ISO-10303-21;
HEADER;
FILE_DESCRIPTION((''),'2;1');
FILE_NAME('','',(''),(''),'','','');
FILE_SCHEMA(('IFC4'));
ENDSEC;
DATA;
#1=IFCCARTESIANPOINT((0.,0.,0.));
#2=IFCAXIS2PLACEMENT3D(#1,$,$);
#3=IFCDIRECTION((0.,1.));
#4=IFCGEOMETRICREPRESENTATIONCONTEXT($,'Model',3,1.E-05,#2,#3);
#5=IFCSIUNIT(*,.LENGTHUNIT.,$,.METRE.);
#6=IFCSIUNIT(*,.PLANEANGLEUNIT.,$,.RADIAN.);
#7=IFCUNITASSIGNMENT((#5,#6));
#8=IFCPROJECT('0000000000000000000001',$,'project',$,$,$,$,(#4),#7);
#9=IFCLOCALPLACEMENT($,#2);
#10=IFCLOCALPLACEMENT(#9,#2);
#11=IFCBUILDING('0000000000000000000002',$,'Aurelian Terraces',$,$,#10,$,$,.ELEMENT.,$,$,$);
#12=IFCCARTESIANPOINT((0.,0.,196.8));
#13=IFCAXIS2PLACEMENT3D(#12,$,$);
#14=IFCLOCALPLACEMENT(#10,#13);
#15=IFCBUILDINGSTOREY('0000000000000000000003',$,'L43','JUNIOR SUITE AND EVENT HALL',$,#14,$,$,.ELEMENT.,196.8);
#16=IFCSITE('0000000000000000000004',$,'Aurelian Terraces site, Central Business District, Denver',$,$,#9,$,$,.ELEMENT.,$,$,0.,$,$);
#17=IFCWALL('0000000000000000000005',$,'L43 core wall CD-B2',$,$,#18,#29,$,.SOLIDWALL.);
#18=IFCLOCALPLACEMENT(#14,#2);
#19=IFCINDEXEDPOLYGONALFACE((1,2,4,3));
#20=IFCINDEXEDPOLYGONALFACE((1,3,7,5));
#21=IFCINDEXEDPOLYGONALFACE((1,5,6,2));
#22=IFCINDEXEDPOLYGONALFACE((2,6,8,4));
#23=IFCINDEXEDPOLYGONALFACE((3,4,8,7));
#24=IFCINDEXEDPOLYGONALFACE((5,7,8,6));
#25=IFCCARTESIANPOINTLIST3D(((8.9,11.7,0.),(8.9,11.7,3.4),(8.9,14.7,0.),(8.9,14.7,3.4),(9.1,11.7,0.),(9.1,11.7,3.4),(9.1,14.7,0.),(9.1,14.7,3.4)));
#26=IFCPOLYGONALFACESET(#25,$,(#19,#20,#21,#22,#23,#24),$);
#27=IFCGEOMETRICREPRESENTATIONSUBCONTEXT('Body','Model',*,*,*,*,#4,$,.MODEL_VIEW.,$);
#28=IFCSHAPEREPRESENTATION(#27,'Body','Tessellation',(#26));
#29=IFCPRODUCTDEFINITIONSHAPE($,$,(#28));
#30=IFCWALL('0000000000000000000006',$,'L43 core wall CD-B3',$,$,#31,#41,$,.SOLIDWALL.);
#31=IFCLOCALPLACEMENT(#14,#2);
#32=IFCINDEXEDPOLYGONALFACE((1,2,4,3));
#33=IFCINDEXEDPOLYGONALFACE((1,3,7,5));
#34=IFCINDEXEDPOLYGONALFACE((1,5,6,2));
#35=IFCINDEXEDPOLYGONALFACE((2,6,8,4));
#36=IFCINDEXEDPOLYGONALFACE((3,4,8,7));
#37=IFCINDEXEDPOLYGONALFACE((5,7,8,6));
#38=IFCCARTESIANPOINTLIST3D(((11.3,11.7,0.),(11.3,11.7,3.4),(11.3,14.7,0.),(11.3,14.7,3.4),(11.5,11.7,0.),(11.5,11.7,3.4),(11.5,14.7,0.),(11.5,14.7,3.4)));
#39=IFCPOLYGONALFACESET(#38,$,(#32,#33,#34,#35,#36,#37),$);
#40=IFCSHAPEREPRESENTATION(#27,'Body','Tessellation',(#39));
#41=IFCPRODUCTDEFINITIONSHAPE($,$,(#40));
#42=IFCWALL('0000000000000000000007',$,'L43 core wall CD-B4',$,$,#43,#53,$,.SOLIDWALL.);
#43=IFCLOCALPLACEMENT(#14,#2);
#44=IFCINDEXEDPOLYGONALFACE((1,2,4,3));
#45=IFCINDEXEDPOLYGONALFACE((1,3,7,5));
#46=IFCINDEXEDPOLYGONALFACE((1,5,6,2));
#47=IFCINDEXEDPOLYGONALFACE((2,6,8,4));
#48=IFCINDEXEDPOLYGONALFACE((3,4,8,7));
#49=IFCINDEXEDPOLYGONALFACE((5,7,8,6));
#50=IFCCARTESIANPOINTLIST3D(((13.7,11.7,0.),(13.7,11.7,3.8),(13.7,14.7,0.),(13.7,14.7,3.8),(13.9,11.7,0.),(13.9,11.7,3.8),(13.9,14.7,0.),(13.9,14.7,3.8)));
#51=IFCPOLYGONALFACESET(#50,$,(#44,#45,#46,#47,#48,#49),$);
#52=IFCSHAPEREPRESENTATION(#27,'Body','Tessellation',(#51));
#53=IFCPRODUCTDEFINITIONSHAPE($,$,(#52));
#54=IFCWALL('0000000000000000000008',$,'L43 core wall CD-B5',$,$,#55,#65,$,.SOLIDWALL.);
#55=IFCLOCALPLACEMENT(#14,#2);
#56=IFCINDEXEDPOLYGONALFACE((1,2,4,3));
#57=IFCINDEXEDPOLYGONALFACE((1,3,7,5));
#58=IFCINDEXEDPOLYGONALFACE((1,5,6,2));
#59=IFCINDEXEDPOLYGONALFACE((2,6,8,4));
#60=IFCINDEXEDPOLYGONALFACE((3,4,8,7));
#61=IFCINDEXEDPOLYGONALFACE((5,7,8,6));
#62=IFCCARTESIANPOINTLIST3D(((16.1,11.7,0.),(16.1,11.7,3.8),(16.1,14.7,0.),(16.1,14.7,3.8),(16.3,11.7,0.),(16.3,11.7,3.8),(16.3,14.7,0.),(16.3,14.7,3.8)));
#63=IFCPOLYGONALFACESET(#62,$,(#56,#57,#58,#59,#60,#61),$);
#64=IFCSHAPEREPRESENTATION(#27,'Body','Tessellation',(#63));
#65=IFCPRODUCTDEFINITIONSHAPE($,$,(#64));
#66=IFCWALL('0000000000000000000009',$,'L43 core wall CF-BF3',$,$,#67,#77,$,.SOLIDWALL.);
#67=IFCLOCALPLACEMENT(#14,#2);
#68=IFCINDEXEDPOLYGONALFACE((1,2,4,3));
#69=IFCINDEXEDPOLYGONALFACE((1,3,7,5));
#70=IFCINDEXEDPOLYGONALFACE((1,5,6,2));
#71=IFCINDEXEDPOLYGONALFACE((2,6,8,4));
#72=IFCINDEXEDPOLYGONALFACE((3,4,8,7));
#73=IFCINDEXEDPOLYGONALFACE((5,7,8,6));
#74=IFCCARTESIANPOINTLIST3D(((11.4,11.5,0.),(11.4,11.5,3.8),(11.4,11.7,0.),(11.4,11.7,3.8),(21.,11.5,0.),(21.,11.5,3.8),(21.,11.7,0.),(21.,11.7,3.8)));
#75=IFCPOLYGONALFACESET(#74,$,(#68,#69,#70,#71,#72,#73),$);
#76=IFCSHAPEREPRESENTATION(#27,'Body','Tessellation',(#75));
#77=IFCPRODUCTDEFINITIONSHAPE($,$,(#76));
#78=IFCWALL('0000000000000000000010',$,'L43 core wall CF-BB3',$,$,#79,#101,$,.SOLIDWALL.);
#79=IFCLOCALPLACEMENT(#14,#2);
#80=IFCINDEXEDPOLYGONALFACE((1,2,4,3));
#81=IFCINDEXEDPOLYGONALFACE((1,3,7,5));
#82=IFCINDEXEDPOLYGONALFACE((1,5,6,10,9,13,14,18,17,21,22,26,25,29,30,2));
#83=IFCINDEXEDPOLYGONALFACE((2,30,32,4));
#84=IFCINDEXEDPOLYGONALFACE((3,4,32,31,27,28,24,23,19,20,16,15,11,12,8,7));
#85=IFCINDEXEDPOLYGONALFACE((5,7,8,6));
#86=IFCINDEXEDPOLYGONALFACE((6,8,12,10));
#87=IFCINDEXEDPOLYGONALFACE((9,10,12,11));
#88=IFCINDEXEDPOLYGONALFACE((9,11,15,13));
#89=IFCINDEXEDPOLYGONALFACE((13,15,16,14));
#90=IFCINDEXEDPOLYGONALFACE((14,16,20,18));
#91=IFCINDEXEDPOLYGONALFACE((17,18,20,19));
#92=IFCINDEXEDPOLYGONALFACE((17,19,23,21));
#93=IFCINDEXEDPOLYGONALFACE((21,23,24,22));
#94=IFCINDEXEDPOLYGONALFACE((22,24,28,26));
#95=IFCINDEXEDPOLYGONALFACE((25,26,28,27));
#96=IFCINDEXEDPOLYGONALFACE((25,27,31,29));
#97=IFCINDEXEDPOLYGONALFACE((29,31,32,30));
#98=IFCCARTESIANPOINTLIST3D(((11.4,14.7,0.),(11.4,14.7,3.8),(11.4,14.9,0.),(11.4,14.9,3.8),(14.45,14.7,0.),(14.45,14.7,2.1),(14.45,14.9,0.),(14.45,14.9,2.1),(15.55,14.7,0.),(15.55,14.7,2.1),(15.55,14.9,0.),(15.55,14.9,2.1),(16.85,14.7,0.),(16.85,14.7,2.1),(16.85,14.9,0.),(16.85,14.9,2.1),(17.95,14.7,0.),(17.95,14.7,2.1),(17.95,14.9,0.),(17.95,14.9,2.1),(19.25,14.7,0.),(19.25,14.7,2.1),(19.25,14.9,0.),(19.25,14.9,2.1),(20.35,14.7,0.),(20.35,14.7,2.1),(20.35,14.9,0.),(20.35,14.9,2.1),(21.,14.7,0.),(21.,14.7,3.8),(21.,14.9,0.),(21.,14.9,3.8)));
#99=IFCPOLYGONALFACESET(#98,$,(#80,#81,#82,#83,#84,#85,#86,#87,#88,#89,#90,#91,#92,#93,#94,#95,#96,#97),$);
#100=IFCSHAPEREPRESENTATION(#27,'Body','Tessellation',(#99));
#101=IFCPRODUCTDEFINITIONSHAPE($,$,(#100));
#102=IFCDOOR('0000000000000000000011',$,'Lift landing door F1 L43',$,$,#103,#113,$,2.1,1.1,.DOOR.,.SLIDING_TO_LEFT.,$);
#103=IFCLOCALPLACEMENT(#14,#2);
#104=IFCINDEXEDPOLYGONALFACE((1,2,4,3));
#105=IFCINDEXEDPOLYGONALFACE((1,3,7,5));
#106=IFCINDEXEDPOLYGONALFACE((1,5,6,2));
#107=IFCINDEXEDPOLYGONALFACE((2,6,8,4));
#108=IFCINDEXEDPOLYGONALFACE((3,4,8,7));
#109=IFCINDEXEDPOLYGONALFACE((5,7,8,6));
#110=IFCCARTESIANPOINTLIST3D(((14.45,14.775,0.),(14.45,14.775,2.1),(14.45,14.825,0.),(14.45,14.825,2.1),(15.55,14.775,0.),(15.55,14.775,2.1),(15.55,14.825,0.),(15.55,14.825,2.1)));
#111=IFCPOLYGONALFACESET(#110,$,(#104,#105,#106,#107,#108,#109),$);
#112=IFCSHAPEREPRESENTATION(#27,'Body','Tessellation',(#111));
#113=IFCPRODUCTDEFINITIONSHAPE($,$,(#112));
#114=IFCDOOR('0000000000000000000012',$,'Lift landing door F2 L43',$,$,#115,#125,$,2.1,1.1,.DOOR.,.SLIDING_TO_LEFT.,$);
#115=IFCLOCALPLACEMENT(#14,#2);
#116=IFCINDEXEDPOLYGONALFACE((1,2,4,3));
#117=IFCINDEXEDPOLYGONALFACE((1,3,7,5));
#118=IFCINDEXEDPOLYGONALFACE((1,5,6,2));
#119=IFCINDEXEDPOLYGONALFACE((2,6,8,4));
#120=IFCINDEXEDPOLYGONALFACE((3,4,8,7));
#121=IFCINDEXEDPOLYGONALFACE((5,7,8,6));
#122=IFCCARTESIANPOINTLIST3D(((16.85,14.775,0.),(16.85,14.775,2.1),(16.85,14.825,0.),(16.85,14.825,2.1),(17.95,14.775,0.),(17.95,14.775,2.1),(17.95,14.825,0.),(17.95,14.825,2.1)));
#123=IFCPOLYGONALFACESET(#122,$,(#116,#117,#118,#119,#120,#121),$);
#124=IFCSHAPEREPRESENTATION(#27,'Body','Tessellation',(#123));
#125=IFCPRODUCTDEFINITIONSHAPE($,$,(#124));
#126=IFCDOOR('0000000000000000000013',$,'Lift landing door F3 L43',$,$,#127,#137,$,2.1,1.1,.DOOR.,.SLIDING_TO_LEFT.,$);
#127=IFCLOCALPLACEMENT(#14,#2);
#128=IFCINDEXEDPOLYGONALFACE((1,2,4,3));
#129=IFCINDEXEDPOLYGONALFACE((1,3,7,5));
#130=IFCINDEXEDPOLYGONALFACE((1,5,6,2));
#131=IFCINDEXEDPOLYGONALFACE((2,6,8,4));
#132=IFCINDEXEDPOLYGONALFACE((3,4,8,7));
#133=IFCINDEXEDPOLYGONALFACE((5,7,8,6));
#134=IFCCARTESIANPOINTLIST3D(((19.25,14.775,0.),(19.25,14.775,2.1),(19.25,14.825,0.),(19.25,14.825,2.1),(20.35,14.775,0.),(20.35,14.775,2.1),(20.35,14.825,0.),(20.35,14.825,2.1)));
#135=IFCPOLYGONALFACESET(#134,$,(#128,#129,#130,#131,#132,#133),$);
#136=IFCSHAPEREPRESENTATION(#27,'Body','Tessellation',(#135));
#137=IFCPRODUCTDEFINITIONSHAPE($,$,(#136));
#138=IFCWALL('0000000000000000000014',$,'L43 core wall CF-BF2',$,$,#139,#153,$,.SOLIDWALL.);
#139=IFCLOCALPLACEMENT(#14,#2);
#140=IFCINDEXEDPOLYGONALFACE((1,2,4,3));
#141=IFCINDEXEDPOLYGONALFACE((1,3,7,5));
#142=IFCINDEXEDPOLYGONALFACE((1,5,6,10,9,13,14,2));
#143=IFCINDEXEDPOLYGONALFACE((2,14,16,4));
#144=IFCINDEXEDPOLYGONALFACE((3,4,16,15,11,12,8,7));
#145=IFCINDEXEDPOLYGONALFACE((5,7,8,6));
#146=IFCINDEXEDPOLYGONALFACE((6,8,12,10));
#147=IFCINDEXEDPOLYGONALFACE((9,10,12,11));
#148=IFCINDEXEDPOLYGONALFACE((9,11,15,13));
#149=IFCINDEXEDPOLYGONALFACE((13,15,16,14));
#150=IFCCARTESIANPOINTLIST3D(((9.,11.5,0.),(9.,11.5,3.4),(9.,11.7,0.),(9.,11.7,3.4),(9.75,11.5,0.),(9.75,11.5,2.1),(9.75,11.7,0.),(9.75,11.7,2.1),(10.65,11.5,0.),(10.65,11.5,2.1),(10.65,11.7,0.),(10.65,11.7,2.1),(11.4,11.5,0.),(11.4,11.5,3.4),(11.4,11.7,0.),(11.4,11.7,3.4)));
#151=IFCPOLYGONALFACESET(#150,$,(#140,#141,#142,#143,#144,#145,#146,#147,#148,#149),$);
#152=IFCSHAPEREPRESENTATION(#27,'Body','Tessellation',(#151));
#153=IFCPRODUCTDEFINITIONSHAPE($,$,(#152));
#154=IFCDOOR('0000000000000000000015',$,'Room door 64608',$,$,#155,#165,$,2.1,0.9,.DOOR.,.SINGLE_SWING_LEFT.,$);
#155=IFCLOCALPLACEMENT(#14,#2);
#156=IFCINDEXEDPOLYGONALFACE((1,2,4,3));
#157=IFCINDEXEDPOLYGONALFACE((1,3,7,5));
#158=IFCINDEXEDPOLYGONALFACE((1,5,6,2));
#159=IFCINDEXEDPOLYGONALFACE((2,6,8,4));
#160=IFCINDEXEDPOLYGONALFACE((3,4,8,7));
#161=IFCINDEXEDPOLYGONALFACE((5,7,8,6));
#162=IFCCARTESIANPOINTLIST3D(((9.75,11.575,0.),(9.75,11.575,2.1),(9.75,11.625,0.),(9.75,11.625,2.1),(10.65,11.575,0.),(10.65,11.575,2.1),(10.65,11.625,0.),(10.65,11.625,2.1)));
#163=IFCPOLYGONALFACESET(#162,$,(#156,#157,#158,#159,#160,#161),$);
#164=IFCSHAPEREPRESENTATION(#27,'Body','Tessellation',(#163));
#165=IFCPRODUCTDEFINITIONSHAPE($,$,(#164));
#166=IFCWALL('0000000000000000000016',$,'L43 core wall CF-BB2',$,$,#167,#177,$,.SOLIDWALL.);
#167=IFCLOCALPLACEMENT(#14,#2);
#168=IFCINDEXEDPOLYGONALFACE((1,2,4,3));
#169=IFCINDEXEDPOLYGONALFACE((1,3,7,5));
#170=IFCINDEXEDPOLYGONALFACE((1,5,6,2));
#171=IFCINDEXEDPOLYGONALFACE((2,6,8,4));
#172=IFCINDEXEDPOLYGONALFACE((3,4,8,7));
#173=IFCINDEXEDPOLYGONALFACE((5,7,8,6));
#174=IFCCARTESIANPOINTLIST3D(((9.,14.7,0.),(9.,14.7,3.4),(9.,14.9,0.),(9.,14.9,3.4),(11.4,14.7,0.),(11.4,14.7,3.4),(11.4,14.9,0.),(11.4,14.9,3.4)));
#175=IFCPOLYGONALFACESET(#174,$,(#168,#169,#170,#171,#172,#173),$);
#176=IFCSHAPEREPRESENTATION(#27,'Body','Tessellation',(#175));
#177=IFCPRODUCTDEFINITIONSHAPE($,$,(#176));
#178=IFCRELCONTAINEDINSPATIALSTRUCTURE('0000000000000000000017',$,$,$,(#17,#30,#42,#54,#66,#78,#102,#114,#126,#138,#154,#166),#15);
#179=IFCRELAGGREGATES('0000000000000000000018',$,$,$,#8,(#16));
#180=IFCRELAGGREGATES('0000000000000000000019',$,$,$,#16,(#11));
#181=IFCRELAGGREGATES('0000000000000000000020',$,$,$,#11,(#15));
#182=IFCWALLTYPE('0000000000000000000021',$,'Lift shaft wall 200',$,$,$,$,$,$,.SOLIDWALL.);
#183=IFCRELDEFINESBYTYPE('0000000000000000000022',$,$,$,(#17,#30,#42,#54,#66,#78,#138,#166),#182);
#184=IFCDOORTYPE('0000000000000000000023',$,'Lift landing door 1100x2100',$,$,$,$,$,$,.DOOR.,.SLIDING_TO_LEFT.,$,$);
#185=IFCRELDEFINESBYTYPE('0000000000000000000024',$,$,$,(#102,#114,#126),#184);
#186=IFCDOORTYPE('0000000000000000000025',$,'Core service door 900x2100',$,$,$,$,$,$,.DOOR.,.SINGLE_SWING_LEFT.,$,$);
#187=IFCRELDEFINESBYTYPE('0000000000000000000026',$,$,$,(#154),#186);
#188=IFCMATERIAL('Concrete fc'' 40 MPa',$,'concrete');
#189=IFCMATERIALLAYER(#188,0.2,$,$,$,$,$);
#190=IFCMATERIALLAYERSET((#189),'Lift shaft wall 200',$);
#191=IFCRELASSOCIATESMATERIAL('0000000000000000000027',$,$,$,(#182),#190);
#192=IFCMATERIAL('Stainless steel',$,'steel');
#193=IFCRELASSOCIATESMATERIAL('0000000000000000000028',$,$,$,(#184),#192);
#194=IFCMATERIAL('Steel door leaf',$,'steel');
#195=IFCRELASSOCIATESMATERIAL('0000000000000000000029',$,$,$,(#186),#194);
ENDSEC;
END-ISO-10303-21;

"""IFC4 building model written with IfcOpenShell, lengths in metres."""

from ifc_helpers import new_model, si_unit, direction, frame, frame_2d, origin, place, context, subcontext, project, spatial, rectangle, extrude, source, transform, mapped, material, layer, layer_set, type_object, element, fill, save


model = new_model("IFC4")

# Units and contexts
model_context = context("Model", 3, precision=1e-05, world=origin(), true_north=direction((0.0, 1.0)))
body_context = subcontext(model_context, "Body", "Model", "MODEL_VIEW")
ifc_project = project(units=[si_unit("LENGTHUNIT", "METRE"), si_unit("PLANEANGLEUNIT", "RADIAN")], contexts=[model_context])

# Site, building, storey
site_placement = place(None, origin())
site = spatial("IfcSite", under=ifc_project, at=site_placement, Name="Aurelian Terraces site, Central Business District, Denver", CompositionType="ELEMENT", RefElevation=0.0)
building_placement = place(site_placement, origin())
building = spatial("IfcBuilding", under=site, at=building_placement, Name="Aurelian Terraces", CompositionType="ELEMENT")
storey_placement = place(building_placement, frame((0.0, 0.0, 196.8)))
storey = spatial("IfcBuildingStorey", under=building, at=storey_placement, Name="L43", Description="JUNIOR SUITE AND EVENT HALL", CompositionType="ELEMENT", Elevation=196.8)

# Walls
ifc_material_1 = material(Name="Concrete fc' 40 MPa", Category="concrete")
ifc_layer_1 = layer(ifc_material_1, 0.2)
ifc_layer_set_1 = layer_set([ifc_layer_1], Name="Lift shaft wall 200")
wall_type_1 = type_object("IfcWallType", Name="Lift shaft wall 200", PredefinedType="SOLIDWALL", material=ifc_layer_set_1)
shared_shape_1 = source(origin(), body_context, "Body", "SweptSolid", [
    extrude(rectangle(XDim=3.0, YDim=0.2, at=frame_2d((1.5, 0.0))), origin(), (0.0, 0.0, 1.0), 3.4),
])
for number, where, z_axis, x_axis, name in (
    (1, (9.0, 11.7, 0.0), (0.0, 0.0, 1.0), (0.0, 1.0, 0.0), "L43 core wall CD-B2"),
    (2, (11.4, 11.7, 0.0), (0.0, 0.0, 1.0), (0.0, 1.0, 0.0), "L43 core wall CD-B3"),
):
    element("IfcWall", number, at=place(storey_placement, frame(where, z_axis=z_axis, x_axis=x_axis)), inside=storey, type_object=wall_type_1, Name=name, PredefinedType="SOLIDWALL", context=body_context, shape_type="MappedRepresentation", body=[
        mapped(shared_shape_1, transform((0.0, 0.0, 0.0), scale=1.0)),
    ])
shared_shape_2 = source(origin(), body_context, "Body", "SweptSolid", [
    extrude(rectangle(XDim=3.0, YDim=0.2, at=frame_2d((1.5, 0.0))), origin(), (0.0, 0.0, 1.0), 3.8),
])
for number, where, z_axis, x_axis, name in (
    (3, (13.8, 11.7, 0.0), (0.0, 0.0, 1.0), (0.0, 1.0, 0.0), "L43 core wall CD-B4"),
    (4, (16.2, 11.7, 0.0), (0.0, 0.0, 1.0), (0.0, 1.0, 0.0), "L43 core wall CD-B5"),
):
    element("IfcWall", number, at=place(storey_placement, frame(where, z_axis=z_axis, x_axis=x_axis)), inside=storey, type_object=wall_type_1, Name=name, PredefinedType="SOLIDWALL", context=body_context, shape_type="MappedRepresentation", body=[
        mapped(shared_shape_2, transform((0.0, 0.0, 0.0), scale=1.0)),
    ])
shared_shape_3 = source(origin(), body_context, "Body", "SweptSolid", [
    extrude(rectangle(XDim=9.6, YDim=0.2, at=frame_2d((4.8, 0.0))), origin(), (0.0, 0.0, 1.0), 3.8),
])
wall_1_placement = place(storey_placement, frame((11.4, 11.6, 0.0), z_axis=(0.0, 0.0, 1.0), x_axis=(1.0, 0.0, 0.0)))
element("IfcWall", 5, at=wall_1_placement, inside=storey, type_object=wall_type_1, Name="L43 core wall CF-BF3", PredefinedType="SOLIDWALL", context=body_context, shape_type="MappedRepresentation", body=[
    mapped(shared_shape_3, transform((0.0, 0.0, 0.0), scale=1.0)),
])

# Wall, openings, doors
wall_2_placement = place(storey_placement, frame((11.4, 14.8, 0.0), z_axis=(0.0, 0.0, 1.0), x_axis=(1.0, 0.0, 0.0)))
wall_2 = element("IfcWall", 6, at=wall_2_placement, inside=storey, type_object=wall_type_1, Name="L43 core wall CF-BB3", PredefinedType="SOLIDWALL", context=body_context, shape_type="MappedRepresentation", body=[
    mapped(shared_shape_3, transform((0.0, 0.0, 0.0), scale=1.0)),
])
shared_shape_4 = source(origin(), body_context, "Body", "SweptSolid", [
    extrude(rectangle(XDim=1.1, YDim=2.1, at=frame_2d((0.55, 1.05))), frame((0.0, 0.11, 0.0), z_axis=(0.0, -1.0, 0.0), x_axis=(1.0, 0.0, 0.0)), (0.0, 0.0, 1.0), 0.22),
])
opening_1_placement = place(wall_2_placement, frame((3.05, 0.0, 0.0)))
opening_1 = element("IfcOpeningElement", 7, at=opening_1_placement, cuts=wall_2, PredefinedType="OPENING", context=body_context, shape_type="MappedRepresentation", body=[
    mapped(shared_shape_4, transform((0.0, 0.0, 0.0), scale=1.0)),
])
opening_2_placement = place(wall_2_placement, frame((5.45, 0.0, 0.0)))
opening_2 = element("IfcOpeningElement", 8, at=opening_2_placement, cuts=wall_2, PredefinedType="OPENING", context=body_context, shape_type="MappedRepresentation", body=[
    mapped(shared_shape_4, transform((0.0, 0.0, 0.0), scale=1.0)),
])
opening_3_placement = place(wall_2_placement, frame((7.85, 0.0, 0.0)))
opening_3 = element("IfcOpeningElement", 9, at=opening_3_placement, cuts=wall_2, PredefinedType="OPENING", context=body_context, shape_type="MappedRepresentation", body=[
    mapped(shared_shape_4, transform((0.0, 0.0, 0.0), scale=1.0)),
])
ifc_material_2 = material(Name="Stainless steel", Category="steel")
door_type_1 = type_object("IfcDoorType", Name="Lift landing door 1100x2100", OperationType="SLIDING_TO_LEFT", PredefinedType="DOOR", material=ifc_material_2)
shared_shape_5 = source(origin(), body_context, "Body", "SweptSolid", [
    extrude(rectangle(XDim=1.1, YDim=2.1, at=frame_2d((0.55, 1.05))), frame((0.0, 0.025, 0.0), z_axis=(0.0, -1.0, 0.0), x_axis=(1.0, 0.0, 0.0)), (0.0, 0.0, 1.0), 0.05),
])
door_1_placement = place(opening_1_placement, origin())
door_1 = element("IfcDoor", 10, at=door_1_placement, inside=storey, type_object=door_type_1, Name="Lift landing door F1 L43", OperationType="SLIDING_TO_LEFT", OverallHeight=2.1, OverallWidth=1.1, PredefinedType="DOOR", context=body_context, shape_type="MappedRepresentation", body=[
    mapped(shared_shape_5, transform((0.0, 0.0, 0.0), scale=1.0)),
])
fill(opening_1, door_1)
door_2_placement = place(opening_2_placement, origin())
door_2 = element("IfcDoor", 11, at=door_2_placement, inside=storey, type_object=door_type_1, Name="Lift landing door F2 L43", OperationType="SLIDING_TO_LEFT", OverallHeight=2.1, OverallWidth=1.1, PredefinedType="DOOR", context=body_context, shape_type="MappedRepresentation", body=[
    mapped(shared_shape_5, transform((0.0, 0.0, 0.0), scale=1.0)),
])
fill(opening_2, door_2)
door_3_placement = place(opening_3_placement, origin())
door_3 = element("IfcDoor", 12, at=door_3_placement, inside=storey, type_object=door_type_1, Name="Lift landing door F3 L43", OperationType="SLIDING_TO_LEFT", OverallHeight=2.1, OverallWidth=1.1, PredefinedType="DOOR", context=body_context, shape_type="MappedRepresentation", body=[
    mapped(shared_shape_5, transform((0.0, 0.0, 0.0), scale=1.0)),
])
fill(opening_3, door_3)

# Wall, opening, door
shared_shape_6 = source(origin(), body_context, "Body", "SweptSolid", [
    extrude(rectangle(XDim=2.4, YDim=0.2, at=frame_2d((1.2, 0.0))), origin(), (0.0, 0.0, 1.0), 3.4),
])
wall_3_placement = place(storey_placement, frame((9.0, 11.6, 0.0), z_axis=(0.0, 0.0, 1.0), x_axis=(1.0, 0.0, 0.0)))
wall_3 = element("IfcWall", 13, at=wall_3_placement, inside=storey, type_object=wall_type_1, Name="L43 core wall CF-BF2", PredefinedType="SOLIDWALL", context=body_context, shape_type="MappedRepresentation", body=[
    mapped(shared_shape_6, transform((0.0, 0.0, 0.0), scale=1.0)),
])
shared_shape_7 = source(origin(), body_context, "Body", "SweptSolid", [
    extrude(rectangle(XDim=0.9, YDim=2.1, at=frame_2d((0.45, 1.05))), frame((0.0, 0.11, 0.0), z_axis=(0.0, -1.0, 0.0), x_axis=(1.0, 0.0, 0.0)), (0.0, 0.0, 1.0), 0.22),
])
opening_4_placement = place(wall_3_placement, frame((0.75, 0.0, 0.0)))
opening_4 = element("IfcOpeningElement", 14, at=opening_4_placement, cuts=wall_3, PredefinedType="OPENING", context=body_context, shape_type="MappedRepresentation", body=[
    mapped(shared_shape_7, transform((0.0, 0.0, 0.0), scale=1.0)),
])
ifc_material_3 = material(Name="Steel door leaf", Category="steel")
door_type_2 = type_object("IfcDoorType", Name="Core service door 900x2100", OperationType="SINGLE_SWING_LEFT", PredefinedType="DOOR", material=ifc_material_3)
shared_shape_8 = source(origin(), body_context, "Body", "SweptSolid", [
    extrude(rectangle(XDim=0.9, YDim=2.1, at=frame_2d((0.45, 1.05))), frame((0.0, 0.025, 0.0), z_axis=(0.0, -1.0, 0.0), x_axis=(1.0, 0.0, 0.0)), (0.0, 0.0, 1.0), 0.05),
])
door_4_placement = place(opening_4_placement, origin())
door_4 = element("IfcDoor", 15, at=door_4_placement, inside=storey, type_object=door_type_2, Name="Room door 64608", OperationType="SINGLE_SWING_LEFT", OverallHeight=2.1, OverallWidth=0.9, PredefinedType="DOOR", context=body_context, shape_type="MappedRepresentation", body=[
    mapped(shared_shape_8, transform((0.0, 0.0, 0.0), scale=1.0)),
])
fill(opening_4, door_4)

# Wall
wall_4_placement = place(storey_placement, frame((9.0, 14.8, 0.0), z_axis=(0.0, 0.0, 1.0), x_axis=(1.0, 0.0, 0.0)))
element("IfcWall", 16, at=wall_4_placement, inside=storey, type_object=wall_type_1, Name="L43 core wall CF-BB2", PredefinedType="SOLIDWALL", context=body_context, shape_type="MappedRepresentation", body=[
    mapped(shared_shape_6, transform((0.0, 0.0, 0.0), scale=1.0)),
])

save(model, "model.ifc")
